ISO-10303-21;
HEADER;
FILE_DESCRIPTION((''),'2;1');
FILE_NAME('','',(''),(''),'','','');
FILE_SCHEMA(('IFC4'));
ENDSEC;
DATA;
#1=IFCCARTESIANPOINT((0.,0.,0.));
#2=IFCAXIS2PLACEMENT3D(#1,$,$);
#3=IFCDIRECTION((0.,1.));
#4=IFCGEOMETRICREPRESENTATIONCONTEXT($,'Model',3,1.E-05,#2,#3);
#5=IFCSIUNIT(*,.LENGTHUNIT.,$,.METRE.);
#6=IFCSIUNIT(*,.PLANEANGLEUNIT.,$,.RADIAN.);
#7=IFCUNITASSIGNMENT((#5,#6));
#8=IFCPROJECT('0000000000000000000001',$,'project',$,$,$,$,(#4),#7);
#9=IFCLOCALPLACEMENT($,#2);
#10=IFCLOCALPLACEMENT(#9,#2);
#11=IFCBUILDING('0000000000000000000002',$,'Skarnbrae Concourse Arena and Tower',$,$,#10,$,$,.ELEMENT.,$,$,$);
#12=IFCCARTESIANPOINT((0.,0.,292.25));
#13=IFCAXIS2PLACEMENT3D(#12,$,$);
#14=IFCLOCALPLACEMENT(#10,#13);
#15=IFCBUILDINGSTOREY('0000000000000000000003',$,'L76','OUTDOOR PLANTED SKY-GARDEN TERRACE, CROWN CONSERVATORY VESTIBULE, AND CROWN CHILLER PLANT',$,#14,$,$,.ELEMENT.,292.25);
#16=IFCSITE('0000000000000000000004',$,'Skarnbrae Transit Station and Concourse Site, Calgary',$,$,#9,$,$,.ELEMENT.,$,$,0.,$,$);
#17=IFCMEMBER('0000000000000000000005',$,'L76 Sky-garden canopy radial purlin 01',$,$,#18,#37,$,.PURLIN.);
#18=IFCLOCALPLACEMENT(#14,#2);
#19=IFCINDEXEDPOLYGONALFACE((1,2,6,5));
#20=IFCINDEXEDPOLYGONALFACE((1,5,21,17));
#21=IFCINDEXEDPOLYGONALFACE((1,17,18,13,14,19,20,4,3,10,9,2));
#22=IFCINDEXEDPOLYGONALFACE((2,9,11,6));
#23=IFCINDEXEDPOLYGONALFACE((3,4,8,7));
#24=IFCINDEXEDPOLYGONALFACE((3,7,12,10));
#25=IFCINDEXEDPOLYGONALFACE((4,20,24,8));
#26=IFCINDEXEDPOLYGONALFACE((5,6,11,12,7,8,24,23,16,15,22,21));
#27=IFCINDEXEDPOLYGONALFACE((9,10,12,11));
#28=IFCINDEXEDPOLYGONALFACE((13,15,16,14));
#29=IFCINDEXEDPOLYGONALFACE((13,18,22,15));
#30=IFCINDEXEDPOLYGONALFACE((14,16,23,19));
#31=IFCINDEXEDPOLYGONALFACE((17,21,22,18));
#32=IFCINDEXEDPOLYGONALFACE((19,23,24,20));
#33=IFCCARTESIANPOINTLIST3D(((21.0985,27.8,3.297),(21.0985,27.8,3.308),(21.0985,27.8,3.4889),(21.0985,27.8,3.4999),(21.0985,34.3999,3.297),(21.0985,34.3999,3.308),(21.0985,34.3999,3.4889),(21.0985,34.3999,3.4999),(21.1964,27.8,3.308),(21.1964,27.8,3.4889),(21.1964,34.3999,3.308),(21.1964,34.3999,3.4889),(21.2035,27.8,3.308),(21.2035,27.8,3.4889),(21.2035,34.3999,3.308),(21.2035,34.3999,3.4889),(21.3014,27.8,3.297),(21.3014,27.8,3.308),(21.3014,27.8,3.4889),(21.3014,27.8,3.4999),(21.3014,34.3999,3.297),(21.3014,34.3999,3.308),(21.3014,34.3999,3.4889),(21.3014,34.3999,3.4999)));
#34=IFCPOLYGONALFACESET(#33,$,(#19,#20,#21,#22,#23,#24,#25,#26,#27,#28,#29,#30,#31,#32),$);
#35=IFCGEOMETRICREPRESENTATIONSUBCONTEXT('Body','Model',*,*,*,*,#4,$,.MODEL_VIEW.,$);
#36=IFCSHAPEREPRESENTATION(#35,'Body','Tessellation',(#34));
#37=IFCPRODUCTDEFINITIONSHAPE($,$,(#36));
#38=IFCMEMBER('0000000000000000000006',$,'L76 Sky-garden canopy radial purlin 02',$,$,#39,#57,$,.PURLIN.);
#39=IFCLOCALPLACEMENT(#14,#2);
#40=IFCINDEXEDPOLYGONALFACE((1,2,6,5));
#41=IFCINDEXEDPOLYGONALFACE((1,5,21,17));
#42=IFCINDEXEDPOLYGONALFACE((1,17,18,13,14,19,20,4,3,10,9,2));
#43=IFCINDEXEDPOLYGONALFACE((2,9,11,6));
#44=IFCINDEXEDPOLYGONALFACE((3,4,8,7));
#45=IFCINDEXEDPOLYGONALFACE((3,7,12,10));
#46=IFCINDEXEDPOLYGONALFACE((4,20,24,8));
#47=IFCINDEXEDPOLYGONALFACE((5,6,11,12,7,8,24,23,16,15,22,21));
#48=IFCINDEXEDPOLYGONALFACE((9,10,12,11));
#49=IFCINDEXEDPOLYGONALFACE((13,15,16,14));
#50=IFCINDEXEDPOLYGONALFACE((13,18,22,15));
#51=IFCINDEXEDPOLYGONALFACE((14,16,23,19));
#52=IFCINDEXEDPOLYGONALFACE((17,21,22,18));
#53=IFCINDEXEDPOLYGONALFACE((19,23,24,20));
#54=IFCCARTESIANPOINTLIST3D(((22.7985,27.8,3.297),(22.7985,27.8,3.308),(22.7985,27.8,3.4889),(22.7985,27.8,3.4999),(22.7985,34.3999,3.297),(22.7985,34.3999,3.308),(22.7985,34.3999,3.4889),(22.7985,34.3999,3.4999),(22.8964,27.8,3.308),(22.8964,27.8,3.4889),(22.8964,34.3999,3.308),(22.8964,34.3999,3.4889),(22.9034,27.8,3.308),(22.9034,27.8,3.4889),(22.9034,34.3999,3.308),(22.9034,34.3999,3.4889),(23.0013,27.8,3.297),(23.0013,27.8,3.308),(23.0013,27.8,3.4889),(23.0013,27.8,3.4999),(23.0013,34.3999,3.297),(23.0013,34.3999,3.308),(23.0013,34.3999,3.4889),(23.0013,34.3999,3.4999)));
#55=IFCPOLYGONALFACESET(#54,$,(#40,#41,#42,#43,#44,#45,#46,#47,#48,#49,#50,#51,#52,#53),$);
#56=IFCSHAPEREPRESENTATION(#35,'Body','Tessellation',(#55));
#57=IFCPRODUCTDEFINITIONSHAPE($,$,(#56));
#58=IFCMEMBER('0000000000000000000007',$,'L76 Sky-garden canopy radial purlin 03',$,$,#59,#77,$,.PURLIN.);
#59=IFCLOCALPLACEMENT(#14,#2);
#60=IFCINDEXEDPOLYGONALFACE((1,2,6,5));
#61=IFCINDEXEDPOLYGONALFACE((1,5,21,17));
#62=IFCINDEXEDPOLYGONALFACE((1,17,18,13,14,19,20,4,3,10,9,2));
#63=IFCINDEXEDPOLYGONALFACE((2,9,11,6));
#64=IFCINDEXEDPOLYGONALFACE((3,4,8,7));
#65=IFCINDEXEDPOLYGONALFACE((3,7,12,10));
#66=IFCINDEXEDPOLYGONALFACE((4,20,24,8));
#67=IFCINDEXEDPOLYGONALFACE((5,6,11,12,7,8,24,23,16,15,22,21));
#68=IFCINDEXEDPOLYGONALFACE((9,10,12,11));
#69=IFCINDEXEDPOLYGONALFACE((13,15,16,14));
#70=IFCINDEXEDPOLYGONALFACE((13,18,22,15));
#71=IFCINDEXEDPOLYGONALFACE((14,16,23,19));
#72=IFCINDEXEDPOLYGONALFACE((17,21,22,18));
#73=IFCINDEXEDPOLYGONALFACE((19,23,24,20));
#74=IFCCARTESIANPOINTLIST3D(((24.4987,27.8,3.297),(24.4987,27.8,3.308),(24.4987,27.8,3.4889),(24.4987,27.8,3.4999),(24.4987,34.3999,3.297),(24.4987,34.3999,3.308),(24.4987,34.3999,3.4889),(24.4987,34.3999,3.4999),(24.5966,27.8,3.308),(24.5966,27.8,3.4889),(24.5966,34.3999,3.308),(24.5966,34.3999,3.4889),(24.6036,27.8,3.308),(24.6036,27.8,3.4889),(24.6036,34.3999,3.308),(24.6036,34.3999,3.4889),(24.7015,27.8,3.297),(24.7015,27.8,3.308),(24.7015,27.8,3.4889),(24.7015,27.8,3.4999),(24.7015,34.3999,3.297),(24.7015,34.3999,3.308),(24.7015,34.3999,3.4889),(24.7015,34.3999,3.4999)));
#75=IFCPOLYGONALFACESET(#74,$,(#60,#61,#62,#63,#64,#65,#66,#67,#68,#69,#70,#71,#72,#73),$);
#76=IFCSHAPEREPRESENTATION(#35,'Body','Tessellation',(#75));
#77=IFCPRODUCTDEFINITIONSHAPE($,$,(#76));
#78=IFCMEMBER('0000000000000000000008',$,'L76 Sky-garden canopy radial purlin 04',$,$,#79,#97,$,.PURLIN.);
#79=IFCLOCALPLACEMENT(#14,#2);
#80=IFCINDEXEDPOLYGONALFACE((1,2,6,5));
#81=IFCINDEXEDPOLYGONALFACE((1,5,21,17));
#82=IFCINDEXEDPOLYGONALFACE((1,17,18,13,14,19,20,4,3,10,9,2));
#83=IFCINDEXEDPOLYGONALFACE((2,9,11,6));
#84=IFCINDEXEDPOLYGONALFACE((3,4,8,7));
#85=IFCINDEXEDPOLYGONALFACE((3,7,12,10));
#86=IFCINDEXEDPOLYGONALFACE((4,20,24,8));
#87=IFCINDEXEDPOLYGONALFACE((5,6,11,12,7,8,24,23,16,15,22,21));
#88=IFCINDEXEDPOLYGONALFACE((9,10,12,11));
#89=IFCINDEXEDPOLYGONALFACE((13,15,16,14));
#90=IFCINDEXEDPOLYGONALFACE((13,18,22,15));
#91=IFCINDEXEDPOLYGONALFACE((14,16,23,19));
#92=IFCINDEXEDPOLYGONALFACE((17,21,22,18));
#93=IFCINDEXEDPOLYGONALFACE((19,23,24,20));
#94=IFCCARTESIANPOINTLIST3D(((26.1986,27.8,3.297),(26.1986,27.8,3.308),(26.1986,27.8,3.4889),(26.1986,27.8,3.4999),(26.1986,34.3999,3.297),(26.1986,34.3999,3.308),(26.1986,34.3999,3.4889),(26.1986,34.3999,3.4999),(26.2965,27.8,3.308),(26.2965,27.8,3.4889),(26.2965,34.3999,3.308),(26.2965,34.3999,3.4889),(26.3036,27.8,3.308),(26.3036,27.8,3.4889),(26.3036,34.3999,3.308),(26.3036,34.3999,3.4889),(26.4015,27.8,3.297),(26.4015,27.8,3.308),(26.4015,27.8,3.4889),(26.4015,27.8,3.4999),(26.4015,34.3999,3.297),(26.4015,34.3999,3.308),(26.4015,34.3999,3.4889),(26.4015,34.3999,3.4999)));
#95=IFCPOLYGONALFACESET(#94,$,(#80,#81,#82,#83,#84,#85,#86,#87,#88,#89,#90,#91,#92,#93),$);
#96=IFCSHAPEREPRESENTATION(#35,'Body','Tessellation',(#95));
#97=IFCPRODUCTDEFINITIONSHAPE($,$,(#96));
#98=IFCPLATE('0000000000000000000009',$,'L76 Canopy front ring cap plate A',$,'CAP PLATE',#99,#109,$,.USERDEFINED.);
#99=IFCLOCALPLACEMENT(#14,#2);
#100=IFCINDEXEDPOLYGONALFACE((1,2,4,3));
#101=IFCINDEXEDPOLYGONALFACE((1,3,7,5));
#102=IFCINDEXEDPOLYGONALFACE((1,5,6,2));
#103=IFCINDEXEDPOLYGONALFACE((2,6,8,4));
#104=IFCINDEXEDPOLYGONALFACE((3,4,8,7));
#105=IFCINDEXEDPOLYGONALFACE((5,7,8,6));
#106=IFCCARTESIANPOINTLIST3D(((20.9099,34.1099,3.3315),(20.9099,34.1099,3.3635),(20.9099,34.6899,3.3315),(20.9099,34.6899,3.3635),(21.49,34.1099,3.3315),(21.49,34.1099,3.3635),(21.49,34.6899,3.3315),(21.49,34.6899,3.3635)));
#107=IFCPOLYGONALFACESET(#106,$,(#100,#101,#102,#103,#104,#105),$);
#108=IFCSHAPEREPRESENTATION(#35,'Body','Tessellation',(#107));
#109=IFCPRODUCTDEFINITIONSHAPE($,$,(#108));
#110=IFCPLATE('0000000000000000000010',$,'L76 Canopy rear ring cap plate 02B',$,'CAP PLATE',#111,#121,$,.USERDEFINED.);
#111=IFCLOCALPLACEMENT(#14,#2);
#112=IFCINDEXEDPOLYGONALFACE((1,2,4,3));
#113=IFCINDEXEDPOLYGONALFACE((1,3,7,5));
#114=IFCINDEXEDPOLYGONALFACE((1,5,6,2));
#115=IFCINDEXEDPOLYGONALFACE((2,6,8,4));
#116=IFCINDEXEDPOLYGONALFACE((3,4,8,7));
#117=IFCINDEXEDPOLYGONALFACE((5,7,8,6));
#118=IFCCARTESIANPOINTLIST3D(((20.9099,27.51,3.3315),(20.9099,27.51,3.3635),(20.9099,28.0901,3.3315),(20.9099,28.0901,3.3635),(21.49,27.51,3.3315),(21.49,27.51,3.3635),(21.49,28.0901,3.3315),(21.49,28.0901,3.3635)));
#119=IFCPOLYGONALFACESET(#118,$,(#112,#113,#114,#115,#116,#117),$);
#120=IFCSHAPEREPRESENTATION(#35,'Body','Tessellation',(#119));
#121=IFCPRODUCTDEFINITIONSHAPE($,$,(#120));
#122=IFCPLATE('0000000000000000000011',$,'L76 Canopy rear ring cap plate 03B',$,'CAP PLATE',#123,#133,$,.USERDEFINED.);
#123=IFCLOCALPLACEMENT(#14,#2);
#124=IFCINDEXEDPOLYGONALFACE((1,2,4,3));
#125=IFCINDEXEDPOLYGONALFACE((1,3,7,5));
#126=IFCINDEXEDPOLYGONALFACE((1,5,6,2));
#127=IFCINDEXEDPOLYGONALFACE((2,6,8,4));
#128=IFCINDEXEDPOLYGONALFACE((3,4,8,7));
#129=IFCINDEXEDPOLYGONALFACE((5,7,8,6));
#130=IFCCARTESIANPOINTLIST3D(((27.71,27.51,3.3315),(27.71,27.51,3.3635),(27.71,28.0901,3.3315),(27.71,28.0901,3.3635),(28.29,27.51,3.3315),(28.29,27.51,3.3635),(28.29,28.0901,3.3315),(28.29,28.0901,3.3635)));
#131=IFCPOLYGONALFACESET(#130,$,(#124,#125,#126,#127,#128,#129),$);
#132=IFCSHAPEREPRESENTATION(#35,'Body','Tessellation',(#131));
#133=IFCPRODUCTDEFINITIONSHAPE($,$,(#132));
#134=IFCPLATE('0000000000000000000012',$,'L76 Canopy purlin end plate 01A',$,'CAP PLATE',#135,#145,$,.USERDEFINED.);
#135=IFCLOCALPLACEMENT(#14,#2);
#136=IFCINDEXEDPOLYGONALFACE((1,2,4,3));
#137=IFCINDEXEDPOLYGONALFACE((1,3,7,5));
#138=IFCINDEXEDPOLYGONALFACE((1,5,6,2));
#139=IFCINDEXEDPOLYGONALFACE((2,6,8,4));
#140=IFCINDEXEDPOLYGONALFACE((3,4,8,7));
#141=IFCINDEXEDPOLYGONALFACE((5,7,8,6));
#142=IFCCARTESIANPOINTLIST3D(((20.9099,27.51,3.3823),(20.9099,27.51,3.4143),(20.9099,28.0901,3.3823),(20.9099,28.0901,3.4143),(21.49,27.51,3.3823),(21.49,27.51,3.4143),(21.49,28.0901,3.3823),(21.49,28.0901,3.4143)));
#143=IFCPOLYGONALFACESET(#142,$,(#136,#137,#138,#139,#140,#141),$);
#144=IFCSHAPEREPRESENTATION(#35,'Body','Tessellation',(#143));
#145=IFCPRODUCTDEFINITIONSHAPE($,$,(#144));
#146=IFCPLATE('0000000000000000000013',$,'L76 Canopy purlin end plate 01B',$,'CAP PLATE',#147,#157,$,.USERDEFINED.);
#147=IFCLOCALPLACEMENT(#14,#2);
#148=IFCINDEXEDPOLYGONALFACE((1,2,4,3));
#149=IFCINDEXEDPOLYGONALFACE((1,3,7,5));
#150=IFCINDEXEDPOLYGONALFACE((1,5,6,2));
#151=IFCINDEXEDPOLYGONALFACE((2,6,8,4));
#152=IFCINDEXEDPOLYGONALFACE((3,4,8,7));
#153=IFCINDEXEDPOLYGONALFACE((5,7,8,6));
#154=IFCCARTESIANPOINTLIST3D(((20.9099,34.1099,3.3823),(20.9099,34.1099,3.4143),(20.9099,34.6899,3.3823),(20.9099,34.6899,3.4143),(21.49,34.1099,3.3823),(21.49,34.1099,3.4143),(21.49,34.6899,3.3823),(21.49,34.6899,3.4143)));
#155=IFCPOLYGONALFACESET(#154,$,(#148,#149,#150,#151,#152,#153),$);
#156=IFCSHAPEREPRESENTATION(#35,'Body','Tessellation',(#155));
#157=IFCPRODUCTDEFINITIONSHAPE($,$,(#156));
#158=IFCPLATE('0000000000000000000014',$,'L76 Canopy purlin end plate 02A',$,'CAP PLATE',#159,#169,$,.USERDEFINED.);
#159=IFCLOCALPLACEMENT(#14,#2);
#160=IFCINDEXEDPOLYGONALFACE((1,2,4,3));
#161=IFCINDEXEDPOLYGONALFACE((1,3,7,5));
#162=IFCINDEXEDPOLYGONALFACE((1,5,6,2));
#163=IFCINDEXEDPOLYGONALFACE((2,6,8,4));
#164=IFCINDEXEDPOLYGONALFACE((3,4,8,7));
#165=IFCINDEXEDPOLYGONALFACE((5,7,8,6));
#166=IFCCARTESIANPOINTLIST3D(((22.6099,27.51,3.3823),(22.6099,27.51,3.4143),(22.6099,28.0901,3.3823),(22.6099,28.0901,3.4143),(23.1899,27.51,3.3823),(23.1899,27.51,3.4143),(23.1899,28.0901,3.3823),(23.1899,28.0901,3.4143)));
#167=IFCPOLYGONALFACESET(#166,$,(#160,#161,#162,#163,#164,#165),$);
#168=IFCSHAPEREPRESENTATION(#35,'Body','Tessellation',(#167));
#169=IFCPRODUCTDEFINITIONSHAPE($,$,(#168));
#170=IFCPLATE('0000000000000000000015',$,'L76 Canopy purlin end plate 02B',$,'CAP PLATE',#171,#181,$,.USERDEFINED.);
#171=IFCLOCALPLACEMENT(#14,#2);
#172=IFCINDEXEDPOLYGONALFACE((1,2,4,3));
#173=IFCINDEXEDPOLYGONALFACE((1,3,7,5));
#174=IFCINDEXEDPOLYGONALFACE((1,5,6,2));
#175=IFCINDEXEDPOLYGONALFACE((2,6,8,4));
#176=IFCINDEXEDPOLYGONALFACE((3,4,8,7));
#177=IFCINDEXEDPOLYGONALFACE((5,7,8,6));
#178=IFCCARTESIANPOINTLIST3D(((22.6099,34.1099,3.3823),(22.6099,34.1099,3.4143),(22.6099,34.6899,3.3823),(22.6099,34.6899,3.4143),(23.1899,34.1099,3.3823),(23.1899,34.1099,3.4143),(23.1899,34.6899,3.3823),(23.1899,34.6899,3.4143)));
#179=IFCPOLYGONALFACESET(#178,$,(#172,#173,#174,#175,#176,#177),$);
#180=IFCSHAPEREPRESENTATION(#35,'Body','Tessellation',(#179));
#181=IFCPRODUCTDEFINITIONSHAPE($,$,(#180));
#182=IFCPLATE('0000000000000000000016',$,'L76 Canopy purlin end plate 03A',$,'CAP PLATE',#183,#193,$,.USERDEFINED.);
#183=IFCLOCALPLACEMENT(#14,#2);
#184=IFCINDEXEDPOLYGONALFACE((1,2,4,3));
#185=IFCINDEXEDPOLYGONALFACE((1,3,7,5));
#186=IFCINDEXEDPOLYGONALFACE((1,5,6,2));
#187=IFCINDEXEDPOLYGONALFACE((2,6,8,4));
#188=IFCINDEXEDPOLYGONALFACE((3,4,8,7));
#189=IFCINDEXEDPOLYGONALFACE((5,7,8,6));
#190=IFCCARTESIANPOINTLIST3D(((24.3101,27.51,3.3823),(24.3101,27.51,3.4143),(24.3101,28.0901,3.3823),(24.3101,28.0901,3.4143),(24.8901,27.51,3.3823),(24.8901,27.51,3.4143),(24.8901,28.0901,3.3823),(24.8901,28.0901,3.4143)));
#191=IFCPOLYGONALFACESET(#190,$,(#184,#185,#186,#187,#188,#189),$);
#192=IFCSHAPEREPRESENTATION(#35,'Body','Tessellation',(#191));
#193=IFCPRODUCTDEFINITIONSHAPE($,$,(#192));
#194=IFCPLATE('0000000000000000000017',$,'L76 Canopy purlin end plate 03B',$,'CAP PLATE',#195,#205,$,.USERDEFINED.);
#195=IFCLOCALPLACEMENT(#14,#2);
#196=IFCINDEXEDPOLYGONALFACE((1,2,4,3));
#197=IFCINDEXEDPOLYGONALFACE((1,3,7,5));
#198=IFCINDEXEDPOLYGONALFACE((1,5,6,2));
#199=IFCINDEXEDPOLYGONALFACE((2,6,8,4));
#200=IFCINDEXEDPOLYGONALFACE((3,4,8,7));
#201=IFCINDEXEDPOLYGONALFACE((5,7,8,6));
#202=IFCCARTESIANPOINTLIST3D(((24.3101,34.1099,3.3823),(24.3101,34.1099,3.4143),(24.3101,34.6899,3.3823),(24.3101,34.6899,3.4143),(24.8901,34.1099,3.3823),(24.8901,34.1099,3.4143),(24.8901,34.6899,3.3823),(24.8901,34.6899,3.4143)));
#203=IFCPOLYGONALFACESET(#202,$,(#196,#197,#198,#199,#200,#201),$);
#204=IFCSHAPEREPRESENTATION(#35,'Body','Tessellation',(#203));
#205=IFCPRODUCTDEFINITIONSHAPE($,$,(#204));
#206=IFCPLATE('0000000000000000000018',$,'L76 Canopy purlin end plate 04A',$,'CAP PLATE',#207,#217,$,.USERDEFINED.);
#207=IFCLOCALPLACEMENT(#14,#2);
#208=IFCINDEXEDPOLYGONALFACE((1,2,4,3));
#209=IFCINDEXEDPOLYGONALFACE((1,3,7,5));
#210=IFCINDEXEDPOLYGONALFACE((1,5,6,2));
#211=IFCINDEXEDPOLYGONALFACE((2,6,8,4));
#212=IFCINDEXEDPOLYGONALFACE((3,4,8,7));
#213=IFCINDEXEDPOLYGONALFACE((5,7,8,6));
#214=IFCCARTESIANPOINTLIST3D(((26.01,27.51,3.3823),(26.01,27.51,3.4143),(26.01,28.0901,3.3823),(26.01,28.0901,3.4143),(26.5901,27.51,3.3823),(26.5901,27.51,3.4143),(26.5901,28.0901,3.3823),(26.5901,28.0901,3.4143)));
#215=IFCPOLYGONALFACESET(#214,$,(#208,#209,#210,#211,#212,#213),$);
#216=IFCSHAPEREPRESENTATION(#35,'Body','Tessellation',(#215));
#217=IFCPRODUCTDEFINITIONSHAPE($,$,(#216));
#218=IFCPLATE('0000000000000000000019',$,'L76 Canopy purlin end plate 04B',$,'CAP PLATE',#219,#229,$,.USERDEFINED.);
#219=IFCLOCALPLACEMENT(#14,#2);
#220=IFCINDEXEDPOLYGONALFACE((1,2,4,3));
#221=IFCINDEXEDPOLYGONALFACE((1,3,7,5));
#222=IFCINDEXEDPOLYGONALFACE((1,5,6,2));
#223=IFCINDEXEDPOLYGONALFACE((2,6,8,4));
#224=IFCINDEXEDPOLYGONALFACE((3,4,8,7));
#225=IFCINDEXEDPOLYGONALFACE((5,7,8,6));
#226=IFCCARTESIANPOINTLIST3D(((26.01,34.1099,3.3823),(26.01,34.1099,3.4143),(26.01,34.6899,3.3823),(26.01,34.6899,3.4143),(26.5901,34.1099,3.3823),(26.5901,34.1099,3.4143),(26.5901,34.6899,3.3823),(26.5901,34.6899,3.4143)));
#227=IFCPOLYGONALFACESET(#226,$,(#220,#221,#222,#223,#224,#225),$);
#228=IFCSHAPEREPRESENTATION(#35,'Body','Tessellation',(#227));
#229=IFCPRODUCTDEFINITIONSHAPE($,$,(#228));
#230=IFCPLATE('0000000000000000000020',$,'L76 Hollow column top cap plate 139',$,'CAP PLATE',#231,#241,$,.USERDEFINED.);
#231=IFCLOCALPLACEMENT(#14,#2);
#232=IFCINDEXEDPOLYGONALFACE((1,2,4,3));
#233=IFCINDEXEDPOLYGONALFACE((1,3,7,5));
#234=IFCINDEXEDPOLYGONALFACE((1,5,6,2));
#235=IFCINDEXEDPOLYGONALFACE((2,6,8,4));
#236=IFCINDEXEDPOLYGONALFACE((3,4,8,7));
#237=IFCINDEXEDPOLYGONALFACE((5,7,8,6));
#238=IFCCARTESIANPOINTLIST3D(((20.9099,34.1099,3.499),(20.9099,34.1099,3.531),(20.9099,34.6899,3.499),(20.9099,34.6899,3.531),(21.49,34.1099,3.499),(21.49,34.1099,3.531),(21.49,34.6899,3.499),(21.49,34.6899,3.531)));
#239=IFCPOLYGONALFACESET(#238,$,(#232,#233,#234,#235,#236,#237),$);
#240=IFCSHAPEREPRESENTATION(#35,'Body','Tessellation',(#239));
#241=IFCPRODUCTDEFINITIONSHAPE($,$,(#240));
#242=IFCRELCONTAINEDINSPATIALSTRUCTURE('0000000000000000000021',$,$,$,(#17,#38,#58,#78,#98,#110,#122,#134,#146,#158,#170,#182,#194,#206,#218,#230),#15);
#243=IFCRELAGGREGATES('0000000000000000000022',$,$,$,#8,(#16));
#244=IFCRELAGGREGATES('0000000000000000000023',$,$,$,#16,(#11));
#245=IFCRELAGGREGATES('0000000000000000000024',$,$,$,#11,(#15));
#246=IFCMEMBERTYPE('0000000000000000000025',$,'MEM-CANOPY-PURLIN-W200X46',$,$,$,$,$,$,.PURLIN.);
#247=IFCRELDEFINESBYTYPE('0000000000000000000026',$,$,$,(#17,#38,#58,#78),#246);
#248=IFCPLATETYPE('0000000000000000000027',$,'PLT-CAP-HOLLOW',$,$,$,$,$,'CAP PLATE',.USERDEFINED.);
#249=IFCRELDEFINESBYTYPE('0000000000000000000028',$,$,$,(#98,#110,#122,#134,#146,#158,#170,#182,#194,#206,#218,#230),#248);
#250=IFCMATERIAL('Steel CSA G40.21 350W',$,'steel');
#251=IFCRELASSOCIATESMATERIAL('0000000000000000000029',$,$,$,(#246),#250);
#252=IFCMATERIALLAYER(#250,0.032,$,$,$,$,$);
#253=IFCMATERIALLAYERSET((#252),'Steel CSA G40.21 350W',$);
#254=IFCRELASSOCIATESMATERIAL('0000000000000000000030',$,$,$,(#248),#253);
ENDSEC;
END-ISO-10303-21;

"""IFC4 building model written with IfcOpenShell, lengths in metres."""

from ifc_helpers import new_model, si_unit, direction, frame, origin, origin_2d, place, context, subcontext, project, spatial, rectangle, i_section, extrude, source, transform, mapped, material, layer, layer_set, material_profile, profile_set, type_object, element, save


model = new_model("IFC4")

# Units and contexts
model_context = context("Model", 3, precision=1e-05, world=origin(), true_north=direction((0.0, 1.0)))
body_context = subcontext(model_context, "Body", "Model", "MODEL_VIEW")
ifc_project = project(units=[si_unit("LENGTHUNIT", "METRE"), si_unit("PLANEANGLEUNIT", "RADIAN")], contexts=[model_context])

# Site, building, storey
site_placement = place(None, origin())
site = spatial("IfcSite", under=ifc_project, at=site_placement, Name="Skarnbrae Transit Station and Concourse Site, Calgary", CompositionType="ELEMENT", RefElevation=0.0)
building_placement = place(site_placement, origin())
building = spatial("IfcBuilding", under=site, at=building_placement, Name="Skarnbrae Concourse Arena and Tower", CompositionType="ELEMENT")
storey_placement = place(building_placement, frame((0.0, 0.0, 292.25)))
storey = spatial("IfcBuildingStorey", under=building, at=storey_placement, Name="L76", Description="OUTDOOR PLANTED SKY-GARDEN TERRACE, CROWN CONSERVATORY VESTIBULE, AND CROWN CHILLER PLANT", CompositionType="ELEMENT", Elevation=292.25)

# Shared definitions
ifc_material_1 = material(Name="Steel CSA G40.21 350W", Category="steel")

# Members
ifc_material_profile_1 = material_profile(ifc_material_1, i_section(OverallWidth=0.2029, OverallDepth=0.2029, WebThickness=0.0071, FlangeThickness=0.011, at=origin_2d()), Name="W200X46")
ifc_profile_set_1 = profile_set([ifc_material_profile_1], Name="Steel CSA G40.21 350W")
member_type_1 = type_object("IfcMemberType", Name="MEM-CANOPY-PURLIN-W200X46", PredefinedType="PURLIN", material=ifc_profile_set_1)
shared_shape_1 = source(origin(), body_context, "Body", "SweptSolid", [
    extrude(i_section(OverallWidth=0.2029, OverallDepth=0.2029, WebThickness=0.0071, FlangeThickness=0.011, at=origin_2d()), origin(), (0.0, 0.0, 1.0), 6.5999),
])
for number, where, z_axis, x_axis, name in (
    (1, (21.2, 27.8, 3.3984), (0.0, 1.0, 0.0), (-1.0, 0.0, 0.0), "L76 Sky-garden canopy radial purlin 01"),
    (2, (22.8999, 27.8, 3.3984), (0.0, 1.0, 0.0), (-1.0, 0.0, 0.0), "L76 Sky-garden canopy radial purlin 02"),
    (3, (24.6001, 27.8, 3.3984), (0.0, 1.0, 0.0), (-1.0, 0.0, 0.0), "L76 Sky-garden canopy radial purlin 03"),
    (4, (26.3, 27.8, 3.3984), (0.0, 1.0, 0.0), (-1.0, 0.0, 0.0), "L76 Sky-garden canopy radial purlin 04"),
):
    element("IfcMember", number, at=place(storey_placement, frame(where, z_axis=z_axis, x_axis=x_axis)), inside=storey, type_object=member_type_1, Name=name, PredefinedType="PURLIN", context=body_context, shape_type="MappedRepresentation", body=[
        mapped(shared_shape_1, transform((0.0, 0.0, 0.0))),
    ])

# Plates
ifc_layer_1 = layer(ifc_material_1, 0.032)
ifc_layer_set_1 = layer_set([ifc_layer_1], Name="Steel CSA G40.21 350W")
plate_type_1 = type_object("IfcPlateType", Name="PLT-CAP-HOLLOW", ElementType="CAP PLATE", PredefinedType="USERDEFINED", material=ifc_layer_set_1)
shared_shape_2 = source(origin(), body_context, "Body", "SweptSolid", [
    extrude(rectangle(XDim=0.5801, YDim=0.5801, at=origin_2d()), origin(), (0.0, 0.0, 1.0), 0.032),
])
for number, where, z_axis, x_axis, name in (
    (5, (21.2, 34.3999, 3.3315), (0.0, 0.0, 1.0), (1.0, 0.0, 0.0), "L76 Canopy front ring cap plate A"),
    (6, (21.2, 27.8, 3.3315), (0.0, 0.0, 1.0), (1.0, 0.0, 0.0), "L76 Canopy rear ring cap plate 02B"),
    (7, (28.0, 27.8, 3.3315), (0.0, 0.0, 1.0), (1.0, 0.0, 0.0), "L76 Canopy rear ring cap plate 03B"),
    (8, (21.2, 27.8, 3.3823), (0.0, 0.0, 1.0), (1.0, 0.0, 0.0), "L76 Canopy purlin end plate 01A"),
    (9, (21.2, 34.3999, 3.3823), (0.0, 0.0, 1.0), (1.0, 0.0, 0.0), "L76 Canopy purlin end plate 01B"),
    (10, (22.8999, 27.8, 3.3823), (0.0, 0.0, 1.0), (1.0, 0.0, 0.0), "L76 Canopy purlin end plate 02A"),
    (11, (22.8999, 34.3999, 3.3823), (0.0, 0.0, 1.0), (1.0, 0.0, 0.0), "L76 Canopy purlin end plate 02B"),
    (12, (24.6001, 27.8, 3.3823), (0.0, 0.0, 1.0), (1.0, 0.0, 0.0), "L76 Canopy purlin end plate 03A"),
    (13, (24.6001, 34.3999, 3.3823), (0.0, 0.0, 1.0), (1.0, 0.0, 0.0), "L76 Canopy purlin end plate 03B"),
    (14, (26.3, 27.8, 3.3823), (0.0, 0.0, 1.0), (1.0, 0.0, 0.0), "L76 Canopy purlin end plate 04A"),
    (15, (26.3, 34.3999, 3.3823), (0.0, 0.0, 1.0), (1.0, 0.0, 0.0), "L76 Canopy purlin end plate 04B"),
    (16, (21.2, 34.3999, 3.499), (0.0, 0.0, 1.0), (1.0, 0.0, 0.0), "L76 Hollow column top cap plate 139"),
):
    element("IfcPlate", number, at=place(storey_placement, frame(where, z_axis=z_axis, x_axis=x_axis)), inside=storey, type_object=plate_type_1, Name=name, ObjectType="CAP PLATE", PredefinedType="USERDEFINED", context=body_context, shape_type="MappedRepresentation", body=[
        mapped(shared_shape_2, transform((0.0, 0.0, 0.0))),
    ])

save(model, "model.ifc")
